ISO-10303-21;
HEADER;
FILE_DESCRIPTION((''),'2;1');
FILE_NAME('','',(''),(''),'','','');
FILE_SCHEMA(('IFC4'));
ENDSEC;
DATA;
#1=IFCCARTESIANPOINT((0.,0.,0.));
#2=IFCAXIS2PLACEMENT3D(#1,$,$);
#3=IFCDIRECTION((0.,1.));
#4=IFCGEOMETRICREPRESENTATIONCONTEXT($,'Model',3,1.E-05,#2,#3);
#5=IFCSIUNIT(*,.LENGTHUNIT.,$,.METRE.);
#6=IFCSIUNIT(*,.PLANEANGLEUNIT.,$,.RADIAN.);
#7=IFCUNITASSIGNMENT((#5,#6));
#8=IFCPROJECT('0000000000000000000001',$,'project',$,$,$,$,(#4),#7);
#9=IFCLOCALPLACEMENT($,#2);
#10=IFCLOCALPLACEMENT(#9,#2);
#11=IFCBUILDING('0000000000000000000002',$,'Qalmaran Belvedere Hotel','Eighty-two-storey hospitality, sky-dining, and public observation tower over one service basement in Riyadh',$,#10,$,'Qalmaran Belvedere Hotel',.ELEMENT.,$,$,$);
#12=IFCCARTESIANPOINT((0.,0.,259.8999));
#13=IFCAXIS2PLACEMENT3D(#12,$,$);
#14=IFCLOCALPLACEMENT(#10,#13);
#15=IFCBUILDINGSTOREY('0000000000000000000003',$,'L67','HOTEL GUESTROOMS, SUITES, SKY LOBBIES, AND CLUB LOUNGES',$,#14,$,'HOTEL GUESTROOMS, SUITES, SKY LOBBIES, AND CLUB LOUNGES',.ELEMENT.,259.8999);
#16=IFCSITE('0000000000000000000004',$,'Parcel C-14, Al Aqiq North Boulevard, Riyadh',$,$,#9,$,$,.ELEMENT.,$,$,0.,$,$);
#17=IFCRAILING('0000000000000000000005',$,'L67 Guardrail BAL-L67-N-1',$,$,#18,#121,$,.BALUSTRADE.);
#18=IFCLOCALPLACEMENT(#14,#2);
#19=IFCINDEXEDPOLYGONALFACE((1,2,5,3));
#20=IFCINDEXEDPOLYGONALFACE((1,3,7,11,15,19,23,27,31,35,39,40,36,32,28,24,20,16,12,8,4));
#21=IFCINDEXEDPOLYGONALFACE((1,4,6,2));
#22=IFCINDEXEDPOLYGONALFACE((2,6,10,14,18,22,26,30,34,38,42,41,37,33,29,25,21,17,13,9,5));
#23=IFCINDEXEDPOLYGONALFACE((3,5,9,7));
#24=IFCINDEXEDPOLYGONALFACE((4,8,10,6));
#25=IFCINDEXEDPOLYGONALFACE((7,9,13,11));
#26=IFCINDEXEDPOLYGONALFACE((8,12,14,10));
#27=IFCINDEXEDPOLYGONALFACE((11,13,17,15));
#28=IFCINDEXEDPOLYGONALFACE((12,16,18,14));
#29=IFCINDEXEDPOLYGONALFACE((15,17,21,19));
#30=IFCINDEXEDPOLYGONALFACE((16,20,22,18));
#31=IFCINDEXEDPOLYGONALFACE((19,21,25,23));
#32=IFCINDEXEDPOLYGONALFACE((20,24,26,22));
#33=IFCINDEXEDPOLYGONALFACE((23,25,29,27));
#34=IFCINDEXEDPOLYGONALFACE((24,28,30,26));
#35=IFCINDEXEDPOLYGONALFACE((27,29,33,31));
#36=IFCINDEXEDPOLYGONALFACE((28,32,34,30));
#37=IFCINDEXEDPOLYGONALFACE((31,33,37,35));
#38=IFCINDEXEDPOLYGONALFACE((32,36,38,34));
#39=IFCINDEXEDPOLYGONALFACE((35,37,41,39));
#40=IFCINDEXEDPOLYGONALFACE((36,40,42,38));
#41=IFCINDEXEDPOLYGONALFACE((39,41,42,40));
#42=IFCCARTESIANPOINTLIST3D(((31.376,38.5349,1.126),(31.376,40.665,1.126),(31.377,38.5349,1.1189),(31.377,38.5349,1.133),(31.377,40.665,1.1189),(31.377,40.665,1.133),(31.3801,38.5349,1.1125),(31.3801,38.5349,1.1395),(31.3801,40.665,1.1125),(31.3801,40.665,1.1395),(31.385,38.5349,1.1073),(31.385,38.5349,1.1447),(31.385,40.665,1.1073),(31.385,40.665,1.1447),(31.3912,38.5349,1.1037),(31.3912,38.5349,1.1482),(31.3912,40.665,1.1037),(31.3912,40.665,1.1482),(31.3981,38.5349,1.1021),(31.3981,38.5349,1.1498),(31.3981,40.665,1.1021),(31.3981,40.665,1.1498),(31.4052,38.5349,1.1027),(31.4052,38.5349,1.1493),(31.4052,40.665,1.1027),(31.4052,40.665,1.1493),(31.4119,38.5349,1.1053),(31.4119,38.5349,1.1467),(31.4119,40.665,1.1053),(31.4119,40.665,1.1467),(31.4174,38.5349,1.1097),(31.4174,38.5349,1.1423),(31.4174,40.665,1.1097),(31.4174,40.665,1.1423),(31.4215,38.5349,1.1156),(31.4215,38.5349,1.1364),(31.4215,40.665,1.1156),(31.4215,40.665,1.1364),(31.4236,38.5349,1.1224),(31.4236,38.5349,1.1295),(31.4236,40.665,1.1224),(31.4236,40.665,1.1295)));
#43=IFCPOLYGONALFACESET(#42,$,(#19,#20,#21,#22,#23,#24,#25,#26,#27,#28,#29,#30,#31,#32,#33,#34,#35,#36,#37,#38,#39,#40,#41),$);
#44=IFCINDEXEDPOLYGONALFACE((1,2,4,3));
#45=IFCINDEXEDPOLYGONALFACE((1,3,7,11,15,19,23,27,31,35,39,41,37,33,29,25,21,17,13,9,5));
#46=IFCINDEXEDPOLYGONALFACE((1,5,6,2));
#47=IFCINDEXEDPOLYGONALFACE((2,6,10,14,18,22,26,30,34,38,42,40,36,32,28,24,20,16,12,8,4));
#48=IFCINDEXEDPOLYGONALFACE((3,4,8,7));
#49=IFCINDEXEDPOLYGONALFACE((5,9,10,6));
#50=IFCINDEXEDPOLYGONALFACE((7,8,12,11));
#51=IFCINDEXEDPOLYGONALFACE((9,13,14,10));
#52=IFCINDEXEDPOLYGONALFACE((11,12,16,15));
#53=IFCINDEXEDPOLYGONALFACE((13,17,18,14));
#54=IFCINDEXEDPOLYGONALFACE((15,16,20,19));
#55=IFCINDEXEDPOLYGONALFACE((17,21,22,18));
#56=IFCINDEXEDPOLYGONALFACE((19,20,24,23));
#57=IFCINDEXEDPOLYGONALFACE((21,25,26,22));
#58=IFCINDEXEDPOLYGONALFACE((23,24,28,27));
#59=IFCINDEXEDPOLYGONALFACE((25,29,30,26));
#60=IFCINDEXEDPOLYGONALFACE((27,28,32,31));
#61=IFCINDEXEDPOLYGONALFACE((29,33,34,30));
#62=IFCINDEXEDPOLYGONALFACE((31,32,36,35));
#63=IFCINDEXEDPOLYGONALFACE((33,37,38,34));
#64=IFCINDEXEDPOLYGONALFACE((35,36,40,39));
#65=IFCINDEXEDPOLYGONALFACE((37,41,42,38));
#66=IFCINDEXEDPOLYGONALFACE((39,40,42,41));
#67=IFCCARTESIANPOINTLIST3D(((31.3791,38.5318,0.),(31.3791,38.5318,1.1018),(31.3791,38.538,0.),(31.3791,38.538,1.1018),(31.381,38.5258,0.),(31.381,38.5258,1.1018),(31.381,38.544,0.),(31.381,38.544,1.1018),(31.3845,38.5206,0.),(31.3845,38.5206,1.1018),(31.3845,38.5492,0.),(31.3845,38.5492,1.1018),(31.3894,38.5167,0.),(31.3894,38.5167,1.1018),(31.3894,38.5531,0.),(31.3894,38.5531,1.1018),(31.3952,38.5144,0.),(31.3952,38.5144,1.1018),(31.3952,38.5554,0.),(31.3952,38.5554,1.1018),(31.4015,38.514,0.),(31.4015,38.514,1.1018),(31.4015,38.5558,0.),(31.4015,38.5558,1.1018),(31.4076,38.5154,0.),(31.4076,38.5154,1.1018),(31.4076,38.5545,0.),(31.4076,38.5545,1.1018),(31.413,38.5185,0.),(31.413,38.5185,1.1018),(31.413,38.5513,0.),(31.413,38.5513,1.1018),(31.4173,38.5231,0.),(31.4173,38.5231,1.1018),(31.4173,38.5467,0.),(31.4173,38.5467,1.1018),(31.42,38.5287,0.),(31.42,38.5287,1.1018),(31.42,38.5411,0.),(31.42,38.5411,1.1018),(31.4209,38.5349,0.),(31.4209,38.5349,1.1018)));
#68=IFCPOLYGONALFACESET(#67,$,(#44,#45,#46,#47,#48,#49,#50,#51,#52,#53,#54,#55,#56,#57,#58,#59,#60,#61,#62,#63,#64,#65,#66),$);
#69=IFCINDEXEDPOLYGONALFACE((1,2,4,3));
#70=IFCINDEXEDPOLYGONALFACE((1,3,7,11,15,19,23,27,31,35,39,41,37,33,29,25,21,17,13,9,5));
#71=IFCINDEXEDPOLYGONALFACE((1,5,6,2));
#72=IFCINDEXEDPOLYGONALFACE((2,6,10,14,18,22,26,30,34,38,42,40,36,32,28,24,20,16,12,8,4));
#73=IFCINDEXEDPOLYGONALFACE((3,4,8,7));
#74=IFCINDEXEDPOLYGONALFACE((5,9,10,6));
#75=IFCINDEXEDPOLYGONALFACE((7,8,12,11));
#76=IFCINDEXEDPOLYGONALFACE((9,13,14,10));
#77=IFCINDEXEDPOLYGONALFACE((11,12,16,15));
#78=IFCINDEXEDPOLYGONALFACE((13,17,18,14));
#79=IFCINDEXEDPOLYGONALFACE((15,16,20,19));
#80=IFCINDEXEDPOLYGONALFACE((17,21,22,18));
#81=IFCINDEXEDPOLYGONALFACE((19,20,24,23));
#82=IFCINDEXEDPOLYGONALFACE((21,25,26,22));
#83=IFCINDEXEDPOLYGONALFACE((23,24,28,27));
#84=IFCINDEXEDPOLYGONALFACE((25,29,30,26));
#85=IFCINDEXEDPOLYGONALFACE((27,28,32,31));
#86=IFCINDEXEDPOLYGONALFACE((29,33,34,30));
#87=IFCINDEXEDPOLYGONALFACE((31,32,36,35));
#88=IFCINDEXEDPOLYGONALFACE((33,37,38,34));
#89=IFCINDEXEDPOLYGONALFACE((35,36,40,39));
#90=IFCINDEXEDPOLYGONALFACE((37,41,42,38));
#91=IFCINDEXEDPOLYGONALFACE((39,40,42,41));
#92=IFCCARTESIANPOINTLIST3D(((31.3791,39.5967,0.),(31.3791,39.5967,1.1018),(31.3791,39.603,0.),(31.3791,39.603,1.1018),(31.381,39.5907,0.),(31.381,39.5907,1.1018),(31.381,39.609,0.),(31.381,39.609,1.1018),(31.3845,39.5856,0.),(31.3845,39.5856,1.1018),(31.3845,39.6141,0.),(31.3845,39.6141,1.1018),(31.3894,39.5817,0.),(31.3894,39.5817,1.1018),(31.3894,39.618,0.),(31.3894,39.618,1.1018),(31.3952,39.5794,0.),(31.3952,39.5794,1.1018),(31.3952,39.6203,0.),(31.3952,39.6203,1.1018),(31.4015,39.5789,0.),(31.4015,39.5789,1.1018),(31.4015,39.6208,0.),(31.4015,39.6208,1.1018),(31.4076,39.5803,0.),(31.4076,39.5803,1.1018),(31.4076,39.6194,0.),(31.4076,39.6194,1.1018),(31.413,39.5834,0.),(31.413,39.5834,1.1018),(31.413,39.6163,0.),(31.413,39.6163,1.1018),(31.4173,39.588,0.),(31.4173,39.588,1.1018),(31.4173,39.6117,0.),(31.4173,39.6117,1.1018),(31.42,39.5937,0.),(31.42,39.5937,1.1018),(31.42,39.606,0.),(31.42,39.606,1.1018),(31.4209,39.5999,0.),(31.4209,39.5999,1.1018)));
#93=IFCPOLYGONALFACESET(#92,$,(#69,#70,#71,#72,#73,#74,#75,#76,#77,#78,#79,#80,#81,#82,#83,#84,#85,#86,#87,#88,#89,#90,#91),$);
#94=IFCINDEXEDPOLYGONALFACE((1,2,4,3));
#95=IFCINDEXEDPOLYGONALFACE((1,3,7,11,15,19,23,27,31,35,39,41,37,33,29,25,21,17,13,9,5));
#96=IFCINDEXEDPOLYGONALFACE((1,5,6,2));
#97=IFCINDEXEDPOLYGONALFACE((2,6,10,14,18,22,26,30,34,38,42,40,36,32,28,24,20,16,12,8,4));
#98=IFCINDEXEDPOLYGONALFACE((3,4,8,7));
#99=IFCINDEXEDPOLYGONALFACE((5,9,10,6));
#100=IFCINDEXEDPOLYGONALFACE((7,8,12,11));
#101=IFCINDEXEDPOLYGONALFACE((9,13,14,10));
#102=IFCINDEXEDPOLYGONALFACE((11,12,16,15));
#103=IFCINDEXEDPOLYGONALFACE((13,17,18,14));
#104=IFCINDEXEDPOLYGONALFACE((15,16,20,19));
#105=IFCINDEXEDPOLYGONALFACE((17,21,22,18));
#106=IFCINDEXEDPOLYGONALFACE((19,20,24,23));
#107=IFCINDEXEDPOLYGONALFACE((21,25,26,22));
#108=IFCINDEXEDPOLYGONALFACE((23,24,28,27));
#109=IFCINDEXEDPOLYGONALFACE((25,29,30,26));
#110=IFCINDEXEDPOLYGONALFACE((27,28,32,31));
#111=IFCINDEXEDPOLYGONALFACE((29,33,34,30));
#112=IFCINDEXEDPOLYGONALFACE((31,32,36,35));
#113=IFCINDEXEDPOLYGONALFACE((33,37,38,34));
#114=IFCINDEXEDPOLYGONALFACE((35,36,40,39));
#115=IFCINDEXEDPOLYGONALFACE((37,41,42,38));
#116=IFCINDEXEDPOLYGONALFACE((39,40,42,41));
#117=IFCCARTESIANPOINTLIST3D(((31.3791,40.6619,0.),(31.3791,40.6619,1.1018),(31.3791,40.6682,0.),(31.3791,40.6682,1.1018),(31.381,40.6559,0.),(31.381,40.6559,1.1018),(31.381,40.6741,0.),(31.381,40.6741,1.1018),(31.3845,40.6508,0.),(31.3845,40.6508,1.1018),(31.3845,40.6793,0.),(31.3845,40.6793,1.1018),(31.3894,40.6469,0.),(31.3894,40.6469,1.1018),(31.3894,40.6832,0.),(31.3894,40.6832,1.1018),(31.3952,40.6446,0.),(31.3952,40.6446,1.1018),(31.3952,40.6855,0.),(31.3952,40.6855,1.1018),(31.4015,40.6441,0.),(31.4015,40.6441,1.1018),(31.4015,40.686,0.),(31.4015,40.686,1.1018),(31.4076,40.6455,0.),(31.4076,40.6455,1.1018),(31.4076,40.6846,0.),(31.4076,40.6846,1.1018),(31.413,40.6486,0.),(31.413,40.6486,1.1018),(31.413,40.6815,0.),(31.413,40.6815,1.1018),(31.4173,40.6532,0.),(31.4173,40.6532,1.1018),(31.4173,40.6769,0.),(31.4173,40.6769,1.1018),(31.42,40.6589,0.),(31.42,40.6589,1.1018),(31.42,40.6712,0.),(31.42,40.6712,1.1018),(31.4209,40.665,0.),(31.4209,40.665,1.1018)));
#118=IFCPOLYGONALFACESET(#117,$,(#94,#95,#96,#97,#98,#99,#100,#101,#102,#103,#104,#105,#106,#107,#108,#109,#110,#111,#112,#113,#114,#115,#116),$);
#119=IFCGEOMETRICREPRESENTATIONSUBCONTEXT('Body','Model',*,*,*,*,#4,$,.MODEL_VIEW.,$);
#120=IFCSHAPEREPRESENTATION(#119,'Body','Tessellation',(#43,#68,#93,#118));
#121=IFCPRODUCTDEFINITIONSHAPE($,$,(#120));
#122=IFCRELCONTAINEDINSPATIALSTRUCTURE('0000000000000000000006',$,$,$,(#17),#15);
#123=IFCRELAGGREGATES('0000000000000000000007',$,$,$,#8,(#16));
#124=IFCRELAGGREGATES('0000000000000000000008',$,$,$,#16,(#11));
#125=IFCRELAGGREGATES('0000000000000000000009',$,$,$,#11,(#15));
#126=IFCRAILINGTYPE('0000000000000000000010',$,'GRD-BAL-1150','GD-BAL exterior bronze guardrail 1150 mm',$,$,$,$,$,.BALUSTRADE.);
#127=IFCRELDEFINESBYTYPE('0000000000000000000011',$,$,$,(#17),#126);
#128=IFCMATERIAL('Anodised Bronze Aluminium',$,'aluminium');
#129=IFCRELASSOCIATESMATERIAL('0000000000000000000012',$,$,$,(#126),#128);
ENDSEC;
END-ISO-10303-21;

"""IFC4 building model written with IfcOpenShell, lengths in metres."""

from ifc_helpers import new_model, si_unit, direction, frame, origin, origin_2d, place, context, subcontext, project, spatial, circle, extrude, material, type_object, element, save


model = new_model("IFC4")

# Units and contexts
model_context = context("Model", 3, precision=1e-05, world=origin(), true_north=direction((0.0, 1.0)))
body_context = subcontext(model_context, "Body", "Model", "MODEL_VIEW")
ifc_project = project(units=[si_unit("LENGTHUNIT", "METRE"), si_unit("PLANEANGLEUNIT", "RADIAN")], contexts=[model_context])

# Site, building, storey
site_placement = place(None, origin())
site = spatial("IfcSite", under=ifc_project, at=site_placement, Name="Parcel C-14, Al Aqiq North Boulevard, Riyadh", CompositionType="ELEMENT", RefElevation=0.0)
building_placement = place(site_placement, origin())
building = spatial("IfcBuilding", under=site, at=building_placement, Name="Qalmaran Belvedere Hotel", Description="Eighty-two-storey hospitality, sky-dining, and public observation tower over one service basement in Riyadh", LongName="Qalmaran Belvedere Hotel", CompositionType="ELEMENT")
storey_placement = place(building_placement, frame((0.0, 0.0, 259.8999)))
storey = spatial("IfcBuildingStorey", under=building, at=storey_placement, Name="L67", Description="HOTEL GUESTROOMS, SUITES, SKY LOBBIES, AND CLUB LOUNGES", LongName="HOTEL GUESTROOMS, SUITES, SKY LOBBIES, AND CLUB LOUNGES", CompositionType="ELEMENT", Elevation=259.8999)

# Shared definitions
ifc_material_1 = material(Name="Anodised Bronze Aluminium", Category="aluminium")

# Railing
railing_type = type_object("IfcRailingType", Name="GRD-BAL-1150", Description="GD-BAL exterior bronze guardrail 1150 mm", PredefinedType="BALUSTRADE", material=ifc_material_1)
railing_1_placement = place(storey_placement, frame((31.3999, 38.5349, 0.0)))
element("IfcRailing", 1, at=railing_1_placement, inside=storey, type_object=railing_type, Name="L67 Guardrail BAL-L67-N-1", PredefinedType="BALUSTRADE", context=body_context, shape_type="SweptSolid", body=[
    extrude(circle(Radius=0.0239, at=origin_2d()), frame((0.0, 0.0, 1.126), z_axis=(0.0, 1.0, 0.0), x_axis=(-1.0, 0.0, 0.0)), (0.0, 0.0, 1.0), 2.1301),
    extrude(circle(Radius=0.021, at=origin_2d()), origin(), (0.0, 0.0, 1.0), 1.1018),
    extrude(circle(Radius=0.021, at=origin_2d()), frame((0.0, 1.0649, 0.0)), (0.0, 0.0, 1.0), 1.1018),
    extrude(circle(Radius=0.021, at=origin_2d()), frame((0.0, 2.1301, 0.0)), (0.0, 0.0, 1.0), 1.1018),
])

save(model, "model.ifc")
